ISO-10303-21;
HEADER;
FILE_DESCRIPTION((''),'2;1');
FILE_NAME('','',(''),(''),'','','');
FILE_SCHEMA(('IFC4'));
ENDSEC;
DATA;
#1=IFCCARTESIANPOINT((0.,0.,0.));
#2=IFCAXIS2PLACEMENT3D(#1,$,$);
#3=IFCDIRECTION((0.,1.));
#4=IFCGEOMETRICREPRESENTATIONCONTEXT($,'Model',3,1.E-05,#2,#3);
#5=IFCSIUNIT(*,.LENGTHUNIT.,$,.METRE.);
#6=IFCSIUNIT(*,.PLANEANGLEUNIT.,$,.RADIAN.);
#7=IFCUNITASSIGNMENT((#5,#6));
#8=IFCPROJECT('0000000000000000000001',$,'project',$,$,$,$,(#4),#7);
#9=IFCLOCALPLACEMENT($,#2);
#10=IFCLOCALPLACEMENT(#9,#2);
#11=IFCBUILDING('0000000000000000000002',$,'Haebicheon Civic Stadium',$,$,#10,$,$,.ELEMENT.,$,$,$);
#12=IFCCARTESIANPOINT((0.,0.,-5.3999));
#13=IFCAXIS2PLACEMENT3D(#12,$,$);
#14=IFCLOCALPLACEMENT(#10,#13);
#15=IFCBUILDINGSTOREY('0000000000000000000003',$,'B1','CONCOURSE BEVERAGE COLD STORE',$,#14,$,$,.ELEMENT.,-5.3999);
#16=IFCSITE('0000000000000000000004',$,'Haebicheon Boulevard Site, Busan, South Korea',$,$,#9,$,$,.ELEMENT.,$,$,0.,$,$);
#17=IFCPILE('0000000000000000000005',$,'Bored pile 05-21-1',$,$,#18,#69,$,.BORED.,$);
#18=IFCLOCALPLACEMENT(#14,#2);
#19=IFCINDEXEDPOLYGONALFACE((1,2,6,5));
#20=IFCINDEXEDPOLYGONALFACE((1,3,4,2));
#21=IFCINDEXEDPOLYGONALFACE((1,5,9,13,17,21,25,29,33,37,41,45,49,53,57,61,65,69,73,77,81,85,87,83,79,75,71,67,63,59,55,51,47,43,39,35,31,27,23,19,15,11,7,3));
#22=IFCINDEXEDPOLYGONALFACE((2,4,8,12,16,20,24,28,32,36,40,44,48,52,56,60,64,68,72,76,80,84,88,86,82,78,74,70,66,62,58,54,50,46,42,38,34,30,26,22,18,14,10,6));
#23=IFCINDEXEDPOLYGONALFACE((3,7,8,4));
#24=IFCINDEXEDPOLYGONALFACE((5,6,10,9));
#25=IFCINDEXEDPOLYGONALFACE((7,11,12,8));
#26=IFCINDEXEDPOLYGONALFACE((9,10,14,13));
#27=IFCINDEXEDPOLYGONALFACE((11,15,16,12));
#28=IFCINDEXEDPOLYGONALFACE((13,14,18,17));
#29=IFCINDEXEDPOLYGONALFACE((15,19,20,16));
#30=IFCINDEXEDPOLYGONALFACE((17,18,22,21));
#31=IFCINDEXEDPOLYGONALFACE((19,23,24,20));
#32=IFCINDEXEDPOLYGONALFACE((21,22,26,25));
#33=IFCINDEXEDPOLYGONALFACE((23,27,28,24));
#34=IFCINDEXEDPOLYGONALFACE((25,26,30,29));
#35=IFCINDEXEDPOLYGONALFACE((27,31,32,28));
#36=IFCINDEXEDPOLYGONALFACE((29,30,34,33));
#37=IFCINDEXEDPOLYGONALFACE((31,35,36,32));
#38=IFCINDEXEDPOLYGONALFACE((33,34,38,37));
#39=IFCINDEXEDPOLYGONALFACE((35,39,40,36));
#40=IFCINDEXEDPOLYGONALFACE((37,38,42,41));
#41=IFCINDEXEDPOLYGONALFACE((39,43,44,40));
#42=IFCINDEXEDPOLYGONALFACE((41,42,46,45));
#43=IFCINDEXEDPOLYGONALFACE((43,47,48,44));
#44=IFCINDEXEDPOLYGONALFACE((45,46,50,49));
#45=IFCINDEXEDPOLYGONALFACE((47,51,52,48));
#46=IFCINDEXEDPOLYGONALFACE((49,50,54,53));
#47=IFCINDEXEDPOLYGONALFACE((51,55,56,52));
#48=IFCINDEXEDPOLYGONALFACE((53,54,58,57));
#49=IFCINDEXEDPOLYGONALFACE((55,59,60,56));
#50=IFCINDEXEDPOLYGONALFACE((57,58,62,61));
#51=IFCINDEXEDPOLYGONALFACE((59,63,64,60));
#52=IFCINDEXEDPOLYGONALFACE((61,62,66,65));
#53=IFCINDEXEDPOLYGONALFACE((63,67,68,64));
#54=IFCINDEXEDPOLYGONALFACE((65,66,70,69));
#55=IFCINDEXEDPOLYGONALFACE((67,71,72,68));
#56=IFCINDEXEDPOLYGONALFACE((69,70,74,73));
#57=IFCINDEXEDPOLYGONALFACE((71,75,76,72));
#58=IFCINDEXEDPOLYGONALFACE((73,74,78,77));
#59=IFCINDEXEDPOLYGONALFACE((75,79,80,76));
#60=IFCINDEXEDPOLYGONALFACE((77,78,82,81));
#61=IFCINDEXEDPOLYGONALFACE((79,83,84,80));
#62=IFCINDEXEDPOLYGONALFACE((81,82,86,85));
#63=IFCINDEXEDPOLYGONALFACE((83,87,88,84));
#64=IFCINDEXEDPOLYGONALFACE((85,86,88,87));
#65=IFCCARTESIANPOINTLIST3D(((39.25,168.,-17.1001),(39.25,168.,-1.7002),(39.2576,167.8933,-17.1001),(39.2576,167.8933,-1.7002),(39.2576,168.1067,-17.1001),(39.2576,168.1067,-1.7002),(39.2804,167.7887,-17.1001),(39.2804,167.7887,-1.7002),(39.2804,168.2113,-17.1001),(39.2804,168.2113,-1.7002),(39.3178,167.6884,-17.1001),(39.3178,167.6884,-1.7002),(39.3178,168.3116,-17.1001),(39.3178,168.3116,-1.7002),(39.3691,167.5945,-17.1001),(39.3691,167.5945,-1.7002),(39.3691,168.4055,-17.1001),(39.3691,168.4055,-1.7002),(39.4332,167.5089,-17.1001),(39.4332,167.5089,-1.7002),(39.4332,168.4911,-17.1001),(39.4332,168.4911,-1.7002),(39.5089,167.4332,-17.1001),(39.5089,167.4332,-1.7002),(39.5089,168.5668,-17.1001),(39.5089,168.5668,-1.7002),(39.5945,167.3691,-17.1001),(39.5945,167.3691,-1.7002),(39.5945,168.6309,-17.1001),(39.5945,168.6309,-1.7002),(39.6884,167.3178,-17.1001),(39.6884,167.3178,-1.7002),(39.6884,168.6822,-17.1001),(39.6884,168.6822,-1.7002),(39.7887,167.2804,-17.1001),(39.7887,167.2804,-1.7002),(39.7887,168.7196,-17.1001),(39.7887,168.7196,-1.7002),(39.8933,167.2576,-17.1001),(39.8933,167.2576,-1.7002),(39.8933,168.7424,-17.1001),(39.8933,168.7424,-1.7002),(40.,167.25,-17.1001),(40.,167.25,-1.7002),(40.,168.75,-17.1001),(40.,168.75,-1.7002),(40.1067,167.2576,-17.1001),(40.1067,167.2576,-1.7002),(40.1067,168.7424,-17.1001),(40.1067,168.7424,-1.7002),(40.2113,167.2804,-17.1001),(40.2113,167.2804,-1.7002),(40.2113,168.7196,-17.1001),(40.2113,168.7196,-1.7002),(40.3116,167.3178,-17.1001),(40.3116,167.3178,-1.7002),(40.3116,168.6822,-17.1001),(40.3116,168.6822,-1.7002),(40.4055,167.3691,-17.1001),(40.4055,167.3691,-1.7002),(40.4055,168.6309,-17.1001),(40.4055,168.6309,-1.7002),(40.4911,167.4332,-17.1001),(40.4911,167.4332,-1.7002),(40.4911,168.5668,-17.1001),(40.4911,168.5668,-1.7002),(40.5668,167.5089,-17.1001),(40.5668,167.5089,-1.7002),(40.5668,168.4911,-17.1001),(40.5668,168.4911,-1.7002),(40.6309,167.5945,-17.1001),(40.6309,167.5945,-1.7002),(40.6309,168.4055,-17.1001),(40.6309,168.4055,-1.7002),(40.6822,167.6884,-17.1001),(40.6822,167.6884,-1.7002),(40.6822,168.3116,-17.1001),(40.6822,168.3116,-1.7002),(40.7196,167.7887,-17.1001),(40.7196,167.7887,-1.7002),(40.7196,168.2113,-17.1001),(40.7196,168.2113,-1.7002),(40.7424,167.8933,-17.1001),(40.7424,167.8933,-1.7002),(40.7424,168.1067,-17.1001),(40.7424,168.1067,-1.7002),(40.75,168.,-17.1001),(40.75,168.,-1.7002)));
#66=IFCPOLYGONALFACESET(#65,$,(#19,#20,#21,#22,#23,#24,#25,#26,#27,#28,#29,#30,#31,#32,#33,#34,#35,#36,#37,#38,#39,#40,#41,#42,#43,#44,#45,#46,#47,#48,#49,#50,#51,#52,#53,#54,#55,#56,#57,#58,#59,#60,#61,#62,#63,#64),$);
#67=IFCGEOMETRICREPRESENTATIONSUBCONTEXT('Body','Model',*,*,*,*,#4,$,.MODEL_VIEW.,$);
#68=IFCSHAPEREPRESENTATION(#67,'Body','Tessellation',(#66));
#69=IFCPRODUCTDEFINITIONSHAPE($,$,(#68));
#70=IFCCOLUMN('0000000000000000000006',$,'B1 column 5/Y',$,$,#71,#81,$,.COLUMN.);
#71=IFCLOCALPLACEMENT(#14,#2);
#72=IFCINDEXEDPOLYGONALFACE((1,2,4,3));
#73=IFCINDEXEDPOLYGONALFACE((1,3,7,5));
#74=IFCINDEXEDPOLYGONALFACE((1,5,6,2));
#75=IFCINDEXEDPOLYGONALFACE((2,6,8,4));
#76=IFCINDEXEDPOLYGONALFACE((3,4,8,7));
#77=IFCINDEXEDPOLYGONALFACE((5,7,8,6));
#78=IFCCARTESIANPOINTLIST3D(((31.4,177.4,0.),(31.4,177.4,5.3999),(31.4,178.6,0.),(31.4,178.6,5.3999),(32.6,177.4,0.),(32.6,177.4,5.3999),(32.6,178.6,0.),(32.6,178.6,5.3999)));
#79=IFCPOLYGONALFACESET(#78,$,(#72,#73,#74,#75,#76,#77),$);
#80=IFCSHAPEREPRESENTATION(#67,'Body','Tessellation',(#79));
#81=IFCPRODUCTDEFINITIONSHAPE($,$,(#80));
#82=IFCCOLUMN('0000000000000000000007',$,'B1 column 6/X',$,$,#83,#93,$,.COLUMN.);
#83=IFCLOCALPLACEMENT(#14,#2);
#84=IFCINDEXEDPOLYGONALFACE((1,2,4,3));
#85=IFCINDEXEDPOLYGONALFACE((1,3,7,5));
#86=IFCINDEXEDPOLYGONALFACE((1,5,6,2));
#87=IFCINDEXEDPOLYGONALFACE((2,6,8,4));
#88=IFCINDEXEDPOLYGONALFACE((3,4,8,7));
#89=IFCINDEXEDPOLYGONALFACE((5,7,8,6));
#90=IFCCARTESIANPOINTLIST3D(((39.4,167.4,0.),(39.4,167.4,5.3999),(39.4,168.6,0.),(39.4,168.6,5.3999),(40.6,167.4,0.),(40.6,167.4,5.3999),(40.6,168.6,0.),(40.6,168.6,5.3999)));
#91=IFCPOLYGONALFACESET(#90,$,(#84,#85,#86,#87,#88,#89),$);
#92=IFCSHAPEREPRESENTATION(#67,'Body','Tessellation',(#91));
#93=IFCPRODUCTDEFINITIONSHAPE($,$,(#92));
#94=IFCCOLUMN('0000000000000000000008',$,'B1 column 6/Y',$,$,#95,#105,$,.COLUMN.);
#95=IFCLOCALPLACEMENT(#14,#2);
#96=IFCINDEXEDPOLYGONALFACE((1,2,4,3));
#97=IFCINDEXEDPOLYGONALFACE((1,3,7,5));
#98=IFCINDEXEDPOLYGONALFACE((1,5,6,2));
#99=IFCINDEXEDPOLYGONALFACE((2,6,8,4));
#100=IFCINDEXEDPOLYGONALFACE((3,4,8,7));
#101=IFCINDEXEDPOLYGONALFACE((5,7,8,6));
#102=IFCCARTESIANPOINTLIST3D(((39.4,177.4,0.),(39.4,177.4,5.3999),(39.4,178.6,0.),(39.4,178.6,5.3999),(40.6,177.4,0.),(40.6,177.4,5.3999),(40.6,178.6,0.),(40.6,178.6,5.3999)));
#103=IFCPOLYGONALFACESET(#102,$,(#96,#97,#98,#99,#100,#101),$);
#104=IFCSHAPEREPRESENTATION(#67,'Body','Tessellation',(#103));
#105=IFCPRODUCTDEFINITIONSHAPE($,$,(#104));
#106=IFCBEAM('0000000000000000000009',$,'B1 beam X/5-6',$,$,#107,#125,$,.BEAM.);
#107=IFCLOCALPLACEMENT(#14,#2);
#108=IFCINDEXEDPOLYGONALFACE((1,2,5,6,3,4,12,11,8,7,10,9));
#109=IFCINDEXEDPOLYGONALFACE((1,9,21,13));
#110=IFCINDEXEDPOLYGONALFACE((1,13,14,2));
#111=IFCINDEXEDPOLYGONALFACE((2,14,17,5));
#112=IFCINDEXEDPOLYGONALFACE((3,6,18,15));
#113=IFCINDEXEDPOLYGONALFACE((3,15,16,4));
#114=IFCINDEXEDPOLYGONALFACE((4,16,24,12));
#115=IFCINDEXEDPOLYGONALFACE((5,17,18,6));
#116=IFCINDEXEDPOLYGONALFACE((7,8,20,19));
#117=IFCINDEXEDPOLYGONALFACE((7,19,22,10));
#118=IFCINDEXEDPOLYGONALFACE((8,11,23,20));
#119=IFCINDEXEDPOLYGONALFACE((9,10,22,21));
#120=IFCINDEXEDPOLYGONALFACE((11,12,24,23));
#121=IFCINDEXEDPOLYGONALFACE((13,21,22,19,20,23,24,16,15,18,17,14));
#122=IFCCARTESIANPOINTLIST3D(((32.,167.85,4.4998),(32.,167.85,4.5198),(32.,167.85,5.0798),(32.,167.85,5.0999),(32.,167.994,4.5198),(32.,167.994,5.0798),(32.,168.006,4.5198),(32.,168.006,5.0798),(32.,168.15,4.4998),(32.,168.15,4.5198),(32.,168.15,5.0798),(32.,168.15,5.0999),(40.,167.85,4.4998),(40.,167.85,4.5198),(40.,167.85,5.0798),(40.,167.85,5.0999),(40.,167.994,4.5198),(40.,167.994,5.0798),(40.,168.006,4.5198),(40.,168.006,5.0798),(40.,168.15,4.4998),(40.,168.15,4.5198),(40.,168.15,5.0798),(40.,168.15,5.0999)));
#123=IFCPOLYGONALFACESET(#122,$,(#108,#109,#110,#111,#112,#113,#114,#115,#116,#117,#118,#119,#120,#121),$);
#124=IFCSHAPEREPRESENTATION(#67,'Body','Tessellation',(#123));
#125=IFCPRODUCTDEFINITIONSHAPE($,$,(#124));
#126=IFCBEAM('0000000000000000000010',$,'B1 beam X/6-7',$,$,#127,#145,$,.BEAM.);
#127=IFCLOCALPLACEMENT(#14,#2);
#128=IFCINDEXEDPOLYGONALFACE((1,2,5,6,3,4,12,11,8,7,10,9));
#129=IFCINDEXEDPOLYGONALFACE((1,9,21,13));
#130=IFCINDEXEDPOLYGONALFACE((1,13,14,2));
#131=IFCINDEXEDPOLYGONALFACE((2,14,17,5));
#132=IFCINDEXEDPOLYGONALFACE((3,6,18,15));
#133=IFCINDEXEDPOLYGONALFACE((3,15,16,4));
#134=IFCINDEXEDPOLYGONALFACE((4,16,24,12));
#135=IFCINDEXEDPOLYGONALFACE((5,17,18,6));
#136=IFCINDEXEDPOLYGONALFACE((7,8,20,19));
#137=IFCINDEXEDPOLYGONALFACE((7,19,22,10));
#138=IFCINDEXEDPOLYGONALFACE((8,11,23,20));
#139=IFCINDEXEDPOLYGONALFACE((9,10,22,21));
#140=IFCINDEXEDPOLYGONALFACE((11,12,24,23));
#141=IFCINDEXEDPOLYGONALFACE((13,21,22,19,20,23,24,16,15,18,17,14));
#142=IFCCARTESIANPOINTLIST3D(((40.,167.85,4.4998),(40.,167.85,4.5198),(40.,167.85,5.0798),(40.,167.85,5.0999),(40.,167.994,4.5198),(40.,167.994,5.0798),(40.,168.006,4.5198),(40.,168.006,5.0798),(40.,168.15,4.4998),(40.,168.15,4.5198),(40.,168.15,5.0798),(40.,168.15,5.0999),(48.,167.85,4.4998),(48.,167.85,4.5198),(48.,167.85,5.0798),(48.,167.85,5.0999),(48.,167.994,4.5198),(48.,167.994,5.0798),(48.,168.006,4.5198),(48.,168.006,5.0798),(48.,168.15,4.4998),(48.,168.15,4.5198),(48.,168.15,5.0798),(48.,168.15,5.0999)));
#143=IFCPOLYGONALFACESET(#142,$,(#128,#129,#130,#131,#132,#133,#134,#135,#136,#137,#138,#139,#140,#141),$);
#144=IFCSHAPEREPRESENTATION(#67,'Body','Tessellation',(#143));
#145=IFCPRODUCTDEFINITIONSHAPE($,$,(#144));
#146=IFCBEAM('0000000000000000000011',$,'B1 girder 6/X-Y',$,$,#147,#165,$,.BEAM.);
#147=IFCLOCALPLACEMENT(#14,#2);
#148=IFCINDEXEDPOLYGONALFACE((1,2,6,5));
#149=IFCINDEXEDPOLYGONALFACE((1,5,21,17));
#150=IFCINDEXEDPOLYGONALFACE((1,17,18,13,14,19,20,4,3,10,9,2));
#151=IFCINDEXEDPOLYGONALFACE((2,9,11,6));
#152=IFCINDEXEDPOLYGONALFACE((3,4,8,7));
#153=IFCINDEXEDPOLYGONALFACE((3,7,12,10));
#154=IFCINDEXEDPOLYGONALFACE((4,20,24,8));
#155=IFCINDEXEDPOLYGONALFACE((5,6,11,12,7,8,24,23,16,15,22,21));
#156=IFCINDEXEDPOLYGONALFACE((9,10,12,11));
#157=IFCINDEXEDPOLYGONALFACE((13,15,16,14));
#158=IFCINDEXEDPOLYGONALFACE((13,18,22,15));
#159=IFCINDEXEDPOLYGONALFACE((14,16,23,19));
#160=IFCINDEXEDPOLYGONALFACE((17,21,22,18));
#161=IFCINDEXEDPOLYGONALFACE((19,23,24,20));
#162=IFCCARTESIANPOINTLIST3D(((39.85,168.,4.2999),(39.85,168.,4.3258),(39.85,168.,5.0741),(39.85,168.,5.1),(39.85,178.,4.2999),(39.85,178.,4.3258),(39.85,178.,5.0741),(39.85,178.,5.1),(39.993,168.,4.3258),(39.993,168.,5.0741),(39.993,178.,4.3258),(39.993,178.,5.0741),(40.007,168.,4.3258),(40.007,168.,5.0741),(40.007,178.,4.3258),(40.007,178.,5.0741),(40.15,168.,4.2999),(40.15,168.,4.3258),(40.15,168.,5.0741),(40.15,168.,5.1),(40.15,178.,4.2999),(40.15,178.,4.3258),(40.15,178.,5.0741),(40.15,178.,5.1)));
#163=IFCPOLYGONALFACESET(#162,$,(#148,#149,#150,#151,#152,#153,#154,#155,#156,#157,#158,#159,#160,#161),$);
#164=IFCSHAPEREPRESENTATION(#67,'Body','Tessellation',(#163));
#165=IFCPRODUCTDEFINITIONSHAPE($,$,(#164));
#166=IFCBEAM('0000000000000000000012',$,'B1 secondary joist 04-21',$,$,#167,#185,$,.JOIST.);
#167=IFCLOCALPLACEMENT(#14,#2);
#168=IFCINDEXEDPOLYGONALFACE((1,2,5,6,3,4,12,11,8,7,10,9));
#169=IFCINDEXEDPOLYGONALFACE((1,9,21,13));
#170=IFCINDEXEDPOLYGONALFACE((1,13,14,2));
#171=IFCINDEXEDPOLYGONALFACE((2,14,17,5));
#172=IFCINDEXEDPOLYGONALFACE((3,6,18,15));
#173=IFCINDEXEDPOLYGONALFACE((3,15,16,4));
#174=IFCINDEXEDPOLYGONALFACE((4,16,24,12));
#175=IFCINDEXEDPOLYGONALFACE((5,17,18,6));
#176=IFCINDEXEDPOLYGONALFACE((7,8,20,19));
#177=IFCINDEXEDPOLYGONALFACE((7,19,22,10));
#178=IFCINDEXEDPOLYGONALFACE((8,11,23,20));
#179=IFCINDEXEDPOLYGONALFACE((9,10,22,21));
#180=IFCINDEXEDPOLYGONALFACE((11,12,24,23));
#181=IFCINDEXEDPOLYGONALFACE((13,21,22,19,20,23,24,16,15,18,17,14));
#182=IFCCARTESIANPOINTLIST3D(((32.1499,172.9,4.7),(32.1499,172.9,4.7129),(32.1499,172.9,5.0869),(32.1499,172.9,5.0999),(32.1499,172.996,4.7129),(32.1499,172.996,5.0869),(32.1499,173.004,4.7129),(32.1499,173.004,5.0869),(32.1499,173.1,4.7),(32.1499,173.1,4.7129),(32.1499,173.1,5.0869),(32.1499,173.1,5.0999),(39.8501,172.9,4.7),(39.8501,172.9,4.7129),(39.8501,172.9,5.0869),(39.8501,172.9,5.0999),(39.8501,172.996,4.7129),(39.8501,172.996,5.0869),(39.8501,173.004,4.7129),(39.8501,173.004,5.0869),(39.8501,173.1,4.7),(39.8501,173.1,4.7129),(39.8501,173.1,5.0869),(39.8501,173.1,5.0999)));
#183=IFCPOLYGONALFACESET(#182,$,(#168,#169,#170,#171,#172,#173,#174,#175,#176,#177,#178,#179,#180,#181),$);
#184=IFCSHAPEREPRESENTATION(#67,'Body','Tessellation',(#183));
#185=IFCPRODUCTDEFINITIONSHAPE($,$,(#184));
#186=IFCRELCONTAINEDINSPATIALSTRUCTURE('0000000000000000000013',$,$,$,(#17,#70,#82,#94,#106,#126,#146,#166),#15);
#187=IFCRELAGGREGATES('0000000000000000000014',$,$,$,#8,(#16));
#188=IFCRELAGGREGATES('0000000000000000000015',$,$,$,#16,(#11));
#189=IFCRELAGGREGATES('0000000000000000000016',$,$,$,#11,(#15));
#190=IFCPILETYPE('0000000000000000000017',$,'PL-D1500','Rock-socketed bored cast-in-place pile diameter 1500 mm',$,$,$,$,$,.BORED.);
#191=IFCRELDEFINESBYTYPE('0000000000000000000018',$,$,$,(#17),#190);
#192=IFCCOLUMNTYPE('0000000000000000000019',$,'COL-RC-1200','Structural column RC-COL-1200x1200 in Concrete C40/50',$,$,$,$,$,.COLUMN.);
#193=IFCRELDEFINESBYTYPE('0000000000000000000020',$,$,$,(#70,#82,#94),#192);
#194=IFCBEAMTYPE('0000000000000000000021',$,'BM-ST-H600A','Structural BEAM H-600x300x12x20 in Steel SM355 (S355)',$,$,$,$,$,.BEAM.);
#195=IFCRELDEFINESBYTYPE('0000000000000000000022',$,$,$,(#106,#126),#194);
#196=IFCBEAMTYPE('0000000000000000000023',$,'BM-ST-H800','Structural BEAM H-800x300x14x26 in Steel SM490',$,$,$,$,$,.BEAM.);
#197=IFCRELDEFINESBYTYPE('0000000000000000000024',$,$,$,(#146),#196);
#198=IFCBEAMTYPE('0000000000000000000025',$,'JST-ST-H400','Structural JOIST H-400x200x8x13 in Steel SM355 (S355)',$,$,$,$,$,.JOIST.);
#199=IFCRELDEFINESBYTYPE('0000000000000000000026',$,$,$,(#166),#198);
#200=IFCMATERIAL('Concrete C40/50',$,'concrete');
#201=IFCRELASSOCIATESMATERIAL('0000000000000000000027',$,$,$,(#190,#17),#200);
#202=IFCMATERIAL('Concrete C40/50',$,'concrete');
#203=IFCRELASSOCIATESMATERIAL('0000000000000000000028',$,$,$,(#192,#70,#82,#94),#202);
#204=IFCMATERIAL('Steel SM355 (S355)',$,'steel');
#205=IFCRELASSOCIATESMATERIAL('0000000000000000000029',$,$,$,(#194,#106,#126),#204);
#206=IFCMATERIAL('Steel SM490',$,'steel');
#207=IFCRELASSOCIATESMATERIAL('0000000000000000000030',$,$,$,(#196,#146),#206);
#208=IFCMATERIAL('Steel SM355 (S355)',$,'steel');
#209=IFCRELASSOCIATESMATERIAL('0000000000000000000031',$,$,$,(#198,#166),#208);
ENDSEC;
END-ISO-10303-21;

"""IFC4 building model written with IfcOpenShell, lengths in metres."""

from ifc_helpers import new_model, si_unit, direction, frame, origin, origin_2d, place, context, subcontext, project, spatial, rectangle, circle, i_section, extrude, material, material_profile, profile_set, type_object, element, save


model = new_model("IFC4")

# Units and contexts
model_context = context("Model", 3, precision=1e-05, world=origin(), true_north=direction((0.0, 1.0)))
body_context = subcontext(model_context, "Body", "Model", "MODEL_VIEW")
ifc_project = project(units=[si_unit("LENGTHUNIT", "METRE"), si_unit("PLANEANGLEUNIT", "RADIAN")], contexts=[model_context])

# Site, building, storey
site_placement = place(None, origin())
site = spatial("IfcSite", under=ifc_project, at=site_placement, Name="Haebicheon Boulevard Site, Busan, South Korea", CompositionType="ELEMENT", RefElevation=0.0)
building_placement = place(site_placement, origin())
building = spatial("IfcBuilding", under=site, at=building_placement, Name="Haebicheon Civic Stadium", CompositionType="ELEMENT")
storey_placement = place(building_placement, frame((0.0, 0.0, -5.3999)))
storey = spatial("IfcBuildingStorey", under=building, at=storey_placement, Name="B1", Description="CONCOURSE BEVERAGE COLD STORE", CompositionType="ELEMENT", Elevation=-5.3999)

# Pile
ifc_material_1 = material(Name="Concrete C40/50", Category="concrete")
ifc_material_profile_1 = material_profile(ifc_material_1, circle(Radius=0.75, at=origin_2d()), Name="PILE-D1500")
ifc_profile_set_1 = profile_set([ifc_material_profile_1], Name="Concrete C40/50")
pile_type_1 = type_object("IfcPileType", Name="PL-D1500", Description="Rock-socketed bored cast-in-place pile diameter 1500 mm", PredefinedType="BORED", material=ifc_profile_set_1)
for number, where, z_axis, x_axis, name in (
    (1, (40.0, 168.0, -1.7002), (0.0, 0.0, -1.0), (1.0, 0.0, 0.0), "Bored pile 05-21-1"),
):
    element("IfcPile", number, at=place(storey_placement, frame(where, z_axis=z_axis, x_axis=x_axis)), inside=storey, type_object=pile_type_1, material=ifc_profile_set_1, Name=name, PredefinedType="BORED", context=body_context, shape_type="SweptSolid", body=[
        extrude(circle(Radius=0.75, at=origin_2d()), origin(), (0.0, 0.0, 1.0), 15.3999),
    ])

# Columns
ifc_material_2 = material(Name="Concrete C40/50", Category="concrete")
ifc_material_profile_2 = material_profile(ifc_material_2, rectangle(XDim=1.2, YDim=1.2, at=origin_2d()), Name="RC-COL-1200x1200")
ifc_profile_set_2 = profile_set([ifc_material_profile_2], Name="Concrete C40/50")
column_type = type_object("IfcColumnType", Name="COL-RC-1200", Description="Structural column RC-COL-1200x1200 in Concrete C40/50", PredefinedType="COLUMN", material=ifc_profile_set_2)
for number, where, z_axis, x_axis, name in (
    (2, (32.0, 178.0, 0.0), (0.0, 0.0, 1.0), (1.0, 0.0, 0.0), "B1 column 5/Y"),
    (3, (40.0, 168.0, 0.0), (0.0, 0.0, 1.0), (1.0, 0.0, 0.0), "B1 column 6/X"),
    (4, (40.0, 178.0, 0.0), (0.0, 0.0, 1.0), (1.0, 0.0, 0.0), "B1 column 6/Y"),
):
    element("IfcColumn", number, at=place(storey_placement, frame(where, z_axis=z_axis, x_axis=x_axis)), inside=storey, type_object=column_type, material=ifc_profile_set_2, Name=name, PredefinedType="COLUMN", context=body_context, shape_type="SweptSolid", body=[
        extrude(rectangle(XDim=1.2, YDim=1.2, at=origin_2d()), origin(), (0.0, 0.0, 1.0), 5.3999),
    ])

# Beams
ifc_material_3 = material(Name="Steel SM355 (S355)", Category="steel")
ifc_material_profile_3 = material_profile(ifc_material_3, i_section(OverallWidth=0.3, OverallDepth=0.6001, WebThickness=0.012, FlangeThickness=0.02, at=origin_2d()), Name="H-600x300x12x20")
ifc_profile_set_3 = profile_set([ifc_material_profile_3], Name="Steel SM355 (S355)")
beam_type_1 = type_object("IfcBeamType", Name="BM-ST-H600A", Description="Structural BEAM H-600x300x12x20 in Steel SM355 (S355)", PredefinedType="BEAM", material=ifc_profile_set_3)
for number, where, z_axis, x_axis, name in (
    (5, (32.0, 168.0, 4.7998), (1.0, 0.0, 0.0), (0.0, 1.0, 0.0), "B1 beam X/5-6"),
    (6, (40.0, 168.0, 4.7998), (1.0, 0.0, 0.0), (0.0, 1.0, 0.0), "B1 beam X/6-7"),
):
    element("IfcBeam", number, at=place(storey_placement, frame(where, z_axis=z_axis, x_axis=x_axis)), inside=storey, type_object=beam_type_1, material=ifc_profile_set_3, Name=name, PredefinedType="BEAM", context=body_context, shape_type="SweptSolid", body=[
        extrude(i_section(OverallWidth=0.3, OverallDepth=0.6001, WebThickness=0.012, FlangeThickness=0.02, at=origin_2d()), origin(), (0.0, 0.0, 1.0), 8.0),
    ])
ifc_material_4 = material(Name="Steel SM490", Category="steel")
ifc_material_profile_4 = material_profile(ifc_material_4, i_section(OverallWidth=0.3, OverallDepth=0.8, WebThickness=0.0139, FlangeThickness=0.0259, at=origin_2d()), Name="H-800x300x14x26")
ifc_profile_set_4 = profile_set([ifc_material_profile_4], Name="Steel SM490")
beam_type_2 = type_object("IfcBeamType", Name="BM-ST-H800", Description="Structural BEAM H-800x300x14x26 in Steel SM490", PredefinedType="BEAM", material=ifc_profile_set_4)
beam_placement = place(storey_placement, frame((40.0, 168.0, 4.7), z_axis=(0.0, 1.0, 0.0), x_axis=(-1.0, 0.0, 0.0)))
element("IfcBeam", 7, at=beam_placement, inside=storey, type_object=beam_type_2, material=ifc_profile_set_4, Name="B1 girder 6/X-Y", PredefinedType="BEAM", context=body_context, shape_type="SweptSolid", body=[
    extrude(i_section(OverallWidth=0.3, OverallDepth=0.8, WebThickness=0.0139, FlangeThickness=0.0259, at=origin_2d()), origin(), (0.0, 0.0, 1.0), 10.0),
])
ifc_material_5 = material(Name="Steel SM355 (S355)", Category="steel")
ifc_material_profile_5 = material_profile(ifc_material_5, i_section(OverallWidth=0.2, OverallDepth=0.3999, WebThickness=0.0081, FlangeThickness=0.0129, at=origin_2d()), Name="H-400x200x8x13")
ifc_profile_set_5 = profile_set([ifc_material_profile_5], Name="Steel SM355 (S355)")
beam_type_3 = type_object("IfcBeamType", Name="JST-ST-H400", Description="Structural JOIST H-400x200x8x13 in Steel SM355 (S355)", PredefinedType="JOIST", material=ifc_profile_set_5)
for number, where, z_axis, x_axis, name in (
    (8, (32.1499, 173.0, 4.8999), (1.0, 0.0, 0.0), (0.0, 1.0, 0.0), "B1 secondary joist 04-21"),
):
    element("IfcBeam", number, at=place(storey_placement, frame(where, z_axis=z_axis, x_axis=x_axis)), inside=storey, type_object=beam_type_3, material=ifc_profile_set_5, Name=name, PredefinedType="JOIST", context=body_context, shape_type="SweptSolid", body=[
        extrude(i_section(OverallWidth=0.2, OverallDepth=0.3999, WebThickness=0.0081, FlangeThickness=0.0129, at=origin_2d()), origin(), (0.0, 0.0, 1.0), 7.7002),
    ])

save(model, "model.ifc")
